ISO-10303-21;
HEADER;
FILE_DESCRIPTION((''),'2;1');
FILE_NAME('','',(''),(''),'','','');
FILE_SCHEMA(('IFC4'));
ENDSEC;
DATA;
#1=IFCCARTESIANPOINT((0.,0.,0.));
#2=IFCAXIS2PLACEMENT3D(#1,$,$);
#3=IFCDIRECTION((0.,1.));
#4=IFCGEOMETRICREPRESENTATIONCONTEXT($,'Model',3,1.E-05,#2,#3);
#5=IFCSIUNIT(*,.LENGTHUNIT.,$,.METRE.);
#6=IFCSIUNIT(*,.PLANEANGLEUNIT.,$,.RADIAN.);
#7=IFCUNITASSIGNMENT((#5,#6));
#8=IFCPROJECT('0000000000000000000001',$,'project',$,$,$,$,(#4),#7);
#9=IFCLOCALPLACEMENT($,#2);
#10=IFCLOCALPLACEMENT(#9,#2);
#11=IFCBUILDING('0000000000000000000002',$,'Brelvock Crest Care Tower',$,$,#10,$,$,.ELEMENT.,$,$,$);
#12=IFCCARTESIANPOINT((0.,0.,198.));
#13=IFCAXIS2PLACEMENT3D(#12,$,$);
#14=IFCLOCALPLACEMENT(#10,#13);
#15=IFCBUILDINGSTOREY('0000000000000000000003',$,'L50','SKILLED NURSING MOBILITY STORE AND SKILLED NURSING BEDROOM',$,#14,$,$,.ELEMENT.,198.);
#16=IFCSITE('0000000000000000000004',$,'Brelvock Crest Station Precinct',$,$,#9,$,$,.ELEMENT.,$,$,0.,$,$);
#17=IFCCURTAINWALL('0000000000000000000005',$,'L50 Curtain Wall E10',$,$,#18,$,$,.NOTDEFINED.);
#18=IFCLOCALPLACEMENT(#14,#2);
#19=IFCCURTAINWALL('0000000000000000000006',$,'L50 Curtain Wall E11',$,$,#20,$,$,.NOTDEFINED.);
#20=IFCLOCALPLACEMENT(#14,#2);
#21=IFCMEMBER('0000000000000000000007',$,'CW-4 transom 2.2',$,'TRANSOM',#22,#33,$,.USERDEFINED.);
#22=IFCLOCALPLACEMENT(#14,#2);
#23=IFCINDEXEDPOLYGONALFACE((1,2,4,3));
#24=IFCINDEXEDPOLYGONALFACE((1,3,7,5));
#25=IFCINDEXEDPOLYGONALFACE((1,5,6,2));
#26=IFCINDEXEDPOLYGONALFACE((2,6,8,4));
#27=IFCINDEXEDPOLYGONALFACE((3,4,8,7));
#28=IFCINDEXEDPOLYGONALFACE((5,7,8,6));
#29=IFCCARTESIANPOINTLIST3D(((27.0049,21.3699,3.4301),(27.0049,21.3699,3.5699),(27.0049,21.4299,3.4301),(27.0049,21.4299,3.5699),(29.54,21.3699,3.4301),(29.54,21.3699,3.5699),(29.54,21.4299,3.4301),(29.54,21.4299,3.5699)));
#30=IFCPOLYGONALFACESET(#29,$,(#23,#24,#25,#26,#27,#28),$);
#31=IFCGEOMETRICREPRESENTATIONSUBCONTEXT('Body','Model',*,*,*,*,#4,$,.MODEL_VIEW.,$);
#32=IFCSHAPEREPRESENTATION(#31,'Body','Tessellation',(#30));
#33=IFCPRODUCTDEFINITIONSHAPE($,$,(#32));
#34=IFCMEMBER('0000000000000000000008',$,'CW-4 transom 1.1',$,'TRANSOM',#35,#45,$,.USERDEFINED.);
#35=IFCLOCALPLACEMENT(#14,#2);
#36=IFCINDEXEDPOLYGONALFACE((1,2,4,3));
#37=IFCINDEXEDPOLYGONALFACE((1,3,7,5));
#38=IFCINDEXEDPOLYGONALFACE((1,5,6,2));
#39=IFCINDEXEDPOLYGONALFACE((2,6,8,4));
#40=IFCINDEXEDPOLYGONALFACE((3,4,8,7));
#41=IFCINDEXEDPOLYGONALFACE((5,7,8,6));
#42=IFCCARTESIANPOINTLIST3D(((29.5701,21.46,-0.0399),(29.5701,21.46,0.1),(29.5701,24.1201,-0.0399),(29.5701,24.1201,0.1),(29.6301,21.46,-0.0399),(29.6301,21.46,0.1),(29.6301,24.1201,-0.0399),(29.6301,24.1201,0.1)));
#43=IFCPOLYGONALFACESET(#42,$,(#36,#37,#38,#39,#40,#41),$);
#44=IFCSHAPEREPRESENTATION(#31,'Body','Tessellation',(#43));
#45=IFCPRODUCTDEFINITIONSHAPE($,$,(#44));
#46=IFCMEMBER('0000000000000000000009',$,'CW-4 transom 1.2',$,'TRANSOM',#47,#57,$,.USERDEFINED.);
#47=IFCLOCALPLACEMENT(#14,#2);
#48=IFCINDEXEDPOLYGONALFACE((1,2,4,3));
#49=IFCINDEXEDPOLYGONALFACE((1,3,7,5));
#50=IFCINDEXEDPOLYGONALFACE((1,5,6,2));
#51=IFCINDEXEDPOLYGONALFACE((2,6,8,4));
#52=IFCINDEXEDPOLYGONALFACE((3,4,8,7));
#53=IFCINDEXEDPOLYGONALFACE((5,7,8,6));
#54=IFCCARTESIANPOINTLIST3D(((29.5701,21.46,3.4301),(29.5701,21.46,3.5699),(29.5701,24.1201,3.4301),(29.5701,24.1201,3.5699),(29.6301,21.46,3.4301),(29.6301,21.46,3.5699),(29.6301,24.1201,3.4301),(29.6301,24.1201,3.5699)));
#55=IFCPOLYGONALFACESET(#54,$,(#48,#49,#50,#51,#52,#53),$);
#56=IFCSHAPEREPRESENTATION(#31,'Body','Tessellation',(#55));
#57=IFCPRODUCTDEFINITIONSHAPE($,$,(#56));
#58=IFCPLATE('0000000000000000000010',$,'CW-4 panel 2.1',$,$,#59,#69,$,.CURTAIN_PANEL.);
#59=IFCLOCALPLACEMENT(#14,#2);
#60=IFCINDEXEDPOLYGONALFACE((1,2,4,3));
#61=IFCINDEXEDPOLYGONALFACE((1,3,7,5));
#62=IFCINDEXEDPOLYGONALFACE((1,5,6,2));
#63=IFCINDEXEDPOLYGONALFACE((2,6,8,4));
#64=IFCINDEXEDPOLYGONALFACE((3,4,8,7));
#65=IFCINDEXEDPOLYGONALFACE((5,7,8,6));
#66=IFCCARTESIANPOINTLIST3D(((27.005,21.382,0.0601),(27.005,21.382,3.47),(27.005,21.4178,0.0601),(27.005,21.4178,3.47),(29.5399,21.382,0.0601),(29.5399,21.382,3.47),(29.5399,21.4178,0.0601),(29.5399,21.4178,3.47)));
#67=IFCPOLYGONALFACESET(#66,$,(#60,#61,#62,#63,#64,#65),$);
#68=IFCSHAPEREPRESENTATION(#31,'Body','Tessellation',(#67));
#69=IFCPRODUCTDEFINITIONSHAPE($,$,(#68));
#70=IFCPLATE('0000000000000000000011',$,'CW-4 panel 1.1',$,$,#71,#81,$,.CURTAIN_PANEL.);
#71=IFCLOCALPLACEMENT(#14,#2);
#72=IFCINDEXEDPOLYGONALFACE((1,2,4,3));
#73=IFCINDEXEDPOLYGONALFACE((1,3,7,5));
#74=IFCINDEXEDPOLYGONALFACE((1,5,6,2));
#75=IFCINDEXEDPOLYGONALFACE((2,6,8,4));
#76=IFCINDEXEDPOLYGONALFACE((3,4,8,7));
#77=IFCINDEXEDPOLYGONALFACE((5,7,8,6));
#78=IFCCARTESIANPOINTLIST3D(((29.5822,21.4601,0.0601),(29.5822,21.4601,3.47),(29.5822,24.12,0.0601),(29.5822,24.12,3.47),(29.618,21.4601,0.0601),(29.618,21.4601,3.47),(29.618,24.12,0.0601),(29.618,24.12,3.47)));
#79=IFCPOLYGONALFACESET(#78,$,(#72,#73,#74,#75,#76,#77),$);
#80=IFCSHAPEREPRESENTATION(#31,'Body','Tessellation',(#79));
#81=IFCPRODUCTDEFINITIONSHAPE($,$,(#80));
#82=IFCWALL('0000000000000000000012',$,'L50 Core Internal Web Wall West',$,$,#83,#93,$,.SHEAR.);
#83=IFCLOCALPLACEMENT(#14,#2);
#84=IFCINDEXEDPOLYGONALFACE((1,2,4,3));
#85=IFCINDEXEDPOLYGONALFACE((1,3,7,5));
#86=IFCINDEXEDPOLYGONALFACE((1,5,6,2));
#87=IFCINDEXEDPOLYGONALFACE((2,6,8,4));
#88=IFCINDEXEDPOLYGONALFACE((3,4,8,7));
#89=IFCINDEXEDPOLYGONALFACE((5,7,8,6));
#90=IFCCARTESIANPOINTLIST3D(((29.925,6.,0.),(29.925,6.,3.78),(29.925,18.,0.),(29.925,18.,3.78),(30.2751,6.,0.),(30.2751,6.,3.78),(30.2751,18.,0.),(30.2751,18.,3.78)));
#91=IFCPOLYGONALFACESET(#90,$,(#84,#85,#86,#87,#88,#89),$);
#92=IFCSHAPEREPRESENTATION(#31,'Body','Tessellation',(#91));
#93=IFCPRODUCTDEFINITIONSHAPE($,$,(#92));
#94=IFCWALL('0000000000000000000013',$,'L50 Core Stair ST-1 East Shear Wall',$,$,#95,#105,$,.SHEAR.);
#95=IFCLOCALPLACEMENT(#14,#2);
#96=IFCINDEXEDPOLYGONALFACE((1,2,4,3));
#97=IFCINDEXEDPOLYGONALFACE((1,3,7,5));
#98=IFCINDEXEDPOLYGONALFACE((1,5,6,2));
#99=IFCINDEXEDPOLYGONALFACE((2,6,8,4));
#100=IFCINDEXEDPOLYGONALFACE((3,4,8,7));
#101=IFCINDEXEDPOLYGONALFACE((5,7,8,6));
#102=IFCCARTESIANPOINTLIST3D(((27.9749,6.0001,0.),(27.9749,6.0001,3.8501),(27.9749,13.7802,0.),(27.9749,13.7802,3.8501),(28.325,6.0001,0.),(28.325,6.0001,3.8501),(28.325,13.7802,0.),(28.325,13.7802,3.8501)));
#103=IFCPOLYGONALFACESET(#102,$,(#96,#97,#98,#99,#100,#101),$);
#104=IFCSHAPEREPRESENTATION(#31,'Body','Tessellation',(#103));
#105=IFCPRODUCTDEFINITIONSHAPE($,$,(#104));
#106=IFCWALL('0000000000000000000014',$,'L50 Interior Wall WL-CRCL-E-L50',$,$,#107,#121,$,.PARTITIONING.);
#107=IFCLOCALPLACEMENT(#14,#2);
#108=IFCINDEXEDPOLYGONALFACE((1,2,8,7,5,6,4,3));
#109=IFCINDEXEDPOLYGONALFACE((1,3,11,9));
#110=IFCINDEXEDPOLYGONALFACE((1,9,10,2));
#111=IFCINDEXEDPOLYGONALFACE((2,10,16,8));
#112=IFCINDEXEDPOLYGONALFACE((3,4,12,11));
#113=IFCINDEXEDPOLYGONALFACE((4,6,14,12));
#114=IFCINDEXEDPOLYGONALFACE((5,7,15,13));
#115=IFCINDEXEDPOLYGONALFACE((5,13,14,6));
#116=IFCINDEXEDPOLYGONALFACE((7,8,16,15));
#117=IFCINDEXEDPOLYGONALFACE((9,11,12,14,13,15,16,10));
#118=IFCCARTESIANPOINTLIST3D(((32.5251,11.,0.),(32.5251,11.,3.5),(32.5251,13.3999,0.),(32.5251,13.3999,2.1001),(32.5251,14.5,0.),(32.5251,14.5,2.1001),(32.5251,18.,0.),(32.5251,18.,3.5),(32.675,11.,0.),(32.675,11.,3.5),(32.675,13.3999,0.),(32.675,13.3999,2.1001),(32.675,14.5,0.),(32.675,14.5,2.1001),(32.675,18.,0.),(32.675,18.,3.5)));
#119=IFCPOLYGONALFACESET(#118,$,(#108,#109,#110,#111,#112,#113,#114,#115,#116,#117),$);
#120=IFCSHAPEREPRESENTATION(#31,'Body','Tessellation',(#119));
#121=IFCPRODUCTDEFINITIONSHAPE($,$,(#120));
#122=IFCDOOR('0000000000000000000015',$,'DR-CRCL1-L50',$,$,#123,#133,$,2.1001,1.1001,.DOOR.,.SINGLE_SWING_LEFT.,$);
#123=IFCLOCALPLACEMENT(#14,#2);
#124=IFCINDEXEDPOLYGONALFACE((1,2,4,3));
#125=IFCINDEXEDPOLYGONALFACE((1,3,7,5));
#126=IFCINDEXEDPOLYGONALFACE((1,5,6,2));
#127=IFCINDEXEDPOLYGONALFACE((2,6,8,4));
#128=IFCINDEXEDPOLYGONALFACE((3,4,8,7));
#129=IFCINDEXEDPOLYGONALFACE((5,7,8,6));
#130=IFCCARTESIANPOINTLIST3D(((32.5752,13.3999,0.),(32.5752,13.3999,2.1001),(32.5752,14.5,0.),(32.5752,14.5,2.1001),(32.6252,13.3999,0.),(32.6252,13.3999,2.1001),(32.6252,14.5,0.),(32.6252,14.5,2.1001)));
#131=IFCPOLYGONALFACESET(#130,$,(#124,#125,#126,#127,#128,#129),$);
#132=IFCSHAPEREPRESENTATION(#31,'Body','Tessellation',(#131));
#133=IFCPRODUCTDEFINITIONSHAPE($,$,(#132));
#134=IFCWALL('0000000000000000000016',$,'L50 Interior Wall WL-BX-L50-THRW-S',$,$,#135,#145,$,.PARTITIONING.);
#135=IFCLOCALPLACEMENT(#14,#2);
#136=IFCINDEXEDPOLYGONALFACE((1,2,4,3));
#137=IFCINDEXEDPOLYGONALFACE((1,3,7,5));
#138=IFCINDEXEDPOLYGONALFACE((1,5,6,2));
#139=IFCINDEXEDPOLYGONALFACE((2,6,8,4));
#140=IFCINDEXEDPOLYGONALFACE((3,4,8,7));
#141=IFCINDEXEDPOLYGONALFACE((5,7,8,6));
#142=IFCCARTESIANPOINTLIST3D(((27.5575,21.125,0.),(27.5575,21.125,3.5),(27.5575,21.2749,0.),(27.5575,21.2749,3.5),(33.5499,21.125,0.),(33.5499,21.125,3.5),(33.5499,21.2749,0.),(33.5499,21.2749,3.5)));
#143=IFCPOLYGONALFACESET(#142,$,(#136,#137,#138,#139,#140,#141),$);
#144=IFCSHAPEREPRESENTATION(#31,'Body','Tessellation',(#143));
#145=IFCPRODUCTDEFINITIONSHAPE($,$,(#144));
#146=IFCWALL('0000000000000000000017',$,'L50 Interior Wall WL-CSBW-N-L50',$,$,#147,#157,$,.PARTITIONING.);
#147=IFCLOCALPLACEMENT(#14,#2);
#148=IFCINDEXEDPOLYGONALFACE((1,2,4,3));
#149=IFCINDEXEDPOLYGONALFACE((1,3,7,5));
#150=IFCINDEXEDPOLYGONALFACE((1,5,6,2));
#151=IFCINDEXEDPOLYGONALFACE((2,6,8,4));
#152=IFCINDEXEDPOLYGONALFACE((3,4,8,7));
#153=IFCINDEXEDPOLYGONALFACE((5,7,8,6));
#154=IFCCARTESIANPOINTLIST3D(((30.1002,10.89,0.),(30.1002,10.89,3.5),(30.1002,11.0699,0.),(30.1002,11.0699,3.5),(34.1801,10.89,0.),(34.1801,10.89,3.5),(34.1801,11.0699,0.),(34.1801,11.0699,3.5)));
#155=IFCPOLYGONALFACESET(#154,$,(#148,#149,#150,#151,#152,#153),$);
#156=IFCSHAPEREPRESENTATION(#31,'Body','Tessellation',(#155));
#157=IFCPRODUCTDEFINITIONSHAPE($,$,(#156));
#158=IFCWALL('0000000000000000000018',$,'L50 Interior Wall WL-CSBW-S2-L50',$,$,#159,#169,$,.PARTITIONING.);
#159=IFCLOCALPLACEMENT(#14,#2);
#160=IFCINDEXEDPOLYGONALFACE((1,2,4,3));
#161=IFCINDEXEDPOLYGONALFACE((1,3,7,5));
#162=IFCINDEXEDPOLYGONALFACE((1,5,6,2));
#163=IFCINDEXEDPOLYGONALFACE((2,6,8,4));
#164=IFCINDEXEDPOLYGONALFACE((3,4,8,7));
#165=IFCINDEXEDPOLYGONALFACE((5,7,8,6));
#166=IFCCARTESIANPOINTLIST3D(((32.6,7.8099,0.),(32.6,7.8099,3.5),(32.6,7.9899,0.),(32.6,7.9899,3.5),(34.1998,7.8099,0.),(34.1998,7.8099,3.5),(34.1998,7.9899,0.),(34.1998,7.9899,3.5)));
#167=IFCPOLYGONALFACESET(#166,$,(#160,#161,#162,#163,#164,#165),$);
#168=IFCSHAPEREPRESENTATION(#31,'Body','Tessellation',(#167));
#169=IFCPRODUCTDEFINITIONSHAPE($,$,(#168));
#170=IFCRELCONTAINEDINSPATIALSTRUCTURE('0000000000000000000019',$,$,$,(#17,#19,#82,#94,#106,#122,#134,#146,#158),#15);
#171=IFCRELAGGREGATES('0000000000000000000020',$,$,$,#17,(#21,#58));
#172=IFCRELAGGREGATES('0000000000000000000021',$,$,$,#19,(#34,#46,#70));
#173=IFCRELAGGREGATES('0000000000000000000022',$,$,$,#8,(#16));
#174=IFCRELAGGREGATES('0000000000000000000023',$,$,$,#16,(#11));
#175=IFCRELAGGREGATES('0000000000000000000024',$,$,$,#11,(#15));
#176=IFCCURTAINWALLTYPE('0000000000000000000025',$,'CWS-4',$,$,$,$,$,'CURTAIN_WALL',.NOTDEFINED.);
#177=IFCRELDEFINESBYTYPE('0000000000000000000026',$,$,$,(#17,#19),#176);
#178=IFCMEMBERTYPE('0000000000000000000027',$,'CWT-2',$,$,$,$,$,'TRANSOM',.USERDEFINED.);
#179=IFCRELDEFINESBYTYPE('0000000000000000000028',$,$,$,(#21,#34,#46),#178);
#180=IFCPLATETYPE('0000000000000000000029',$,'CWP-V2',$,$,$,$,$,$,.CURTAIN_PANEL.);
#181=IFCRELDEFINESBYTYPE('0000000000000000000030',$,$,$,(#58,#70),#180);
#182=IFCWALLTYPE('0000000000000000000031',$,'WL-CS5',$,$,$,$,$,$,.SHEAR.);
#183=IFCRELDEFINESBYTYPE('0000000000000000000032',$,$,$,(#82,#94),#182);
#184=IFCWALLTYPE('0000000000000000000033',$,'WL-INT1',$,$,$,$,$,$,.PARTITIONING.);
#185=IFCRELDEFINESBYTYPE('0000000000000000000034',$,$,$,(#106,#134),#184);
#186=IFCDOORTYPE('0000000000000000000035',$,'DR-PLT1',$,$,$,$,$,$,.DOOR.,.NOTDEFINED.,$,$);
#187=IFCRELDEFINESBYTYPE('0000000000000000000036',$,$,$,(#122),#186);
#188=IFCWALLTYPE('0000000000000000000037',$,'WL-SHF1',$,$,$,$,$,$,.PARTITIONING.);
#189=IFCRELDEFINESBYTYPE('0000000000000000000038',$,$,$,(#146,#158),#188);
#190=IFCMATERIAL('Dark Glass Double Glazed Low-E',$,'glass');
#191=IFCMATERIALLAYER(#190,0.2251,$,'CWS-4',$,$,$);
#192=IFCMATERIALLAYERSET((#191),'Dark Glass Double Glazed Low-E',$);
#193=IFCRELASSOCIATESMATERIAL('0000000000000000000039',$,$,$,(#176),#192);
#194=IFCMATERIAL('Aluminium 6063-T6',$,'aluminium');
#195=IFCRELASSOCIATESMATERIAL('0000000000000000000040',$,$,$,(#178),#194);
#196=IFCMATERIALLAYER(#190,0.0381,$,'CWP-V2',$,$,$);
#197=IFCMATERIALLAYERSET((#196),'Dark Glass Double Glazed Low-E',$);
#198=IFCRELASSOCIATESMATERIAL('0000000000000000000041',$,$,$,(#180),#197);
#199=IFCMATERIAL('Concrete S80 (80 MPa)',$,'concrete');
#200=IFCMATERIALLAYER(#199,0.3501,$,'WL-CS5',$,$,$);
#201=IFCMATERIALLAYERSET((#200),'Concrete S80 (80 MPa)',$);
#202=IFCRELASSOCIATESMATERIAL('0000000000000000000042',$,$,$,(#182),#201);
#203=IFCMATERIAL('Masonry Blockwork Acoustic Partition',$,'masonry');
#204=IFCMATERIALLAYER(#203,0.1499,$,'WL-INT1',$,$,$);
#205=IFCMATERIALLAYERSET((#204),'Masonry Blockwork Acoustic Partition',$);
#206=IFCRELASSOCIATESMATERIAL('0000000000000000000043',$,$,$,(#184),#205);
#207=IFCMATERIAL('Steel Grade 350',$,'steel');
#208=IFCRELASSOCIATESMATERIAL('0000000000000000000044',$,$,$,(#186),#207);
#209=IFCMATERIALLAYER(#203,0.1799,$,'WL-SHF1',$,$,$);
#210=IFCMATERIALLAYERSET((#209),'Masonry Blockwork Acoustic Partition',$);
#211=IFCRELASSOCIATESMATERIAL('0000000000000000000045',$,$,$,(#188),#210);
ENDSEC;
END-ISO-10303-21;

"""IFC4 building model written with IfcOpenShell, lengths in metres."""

from ifc_helpers import new_model, si_unit, direction, frame, frame_2d, origin, origin_2d, place, context, subcontext, project, spatial, rectangle, extrude, source, transform, mapped, material, layer, layer_set, material_profile, profile_set, type_object, element, fill, aggregate, save


model = new_model("IFC4")

# Units and contexts
model_context = context("Model", 3, precision=1e-05, world=origin(), true_north=direction((0.0, 1.0)))
body_context = subcontext(model_context, "Body", "Model", "MODEL_VIEW")
ifc_project = project(units=[si_unit("LENGTHUNIT", "METRE"), si_unit("PLANEANGLEUNIT", "RADIAN")], contexts=[model_context])

# Site, building, storey
site_placement = place(None, origin())
site = spatial("IfcSite", under=ifc_project, at=site_placement, Name="Brelvock Crest Station Precinct", CompositionType="ELEMENT", RefElevation=0.0)
building_placement = place(site_placement, origin())
building = spatial("IfcBuilding", under=site, at=building_placement, Name="Brelvock Crest Care Tower", CompositionType="ELEMENT")
storey_placement = place(building_placement, frame((0.0, 0.0, 198.0)))
storey = spatial("IfcBuildingStorey", under=building, at=storey_placement, Name="L50", Description="SKILLED NURSING MOBILITY STORE AND SKILLED NURSING BEDROOM", CompositionType="ELEMENT", Elevation=198.0)

# Shared definitions
ifc_material_1 = material(Name="Steel Grade 350", Category="steel")

# Curtain wall
ifc_material_2 = material(Name="Dark Glass Double Glazed Low-E", Category="glass")
ifc_layer_1 = layer(ifc_material_2, 0.2251, Name="CWS-4")
ifc_layer_set_1 = layer_set([ifc_layer_1], Name="Dark Glass Double Glazed Low-E")
curtain_wall_type = type_object("IfcCurtainWallType", Name="CWS-4", ElementType="CURTAIN_WALL", PredefinedType="NOTDEFINED", material=ifc_layer_set_1)
curtain_wall_1_placement = place(storey_placement, origin())
curtain_wall_1 = element("IfcCurtainWall", 1, at=curtain_wall_1_placement, inside=storey, type_object=curtain_wall_type, Name="L50 Curtain Wall E10", PredefinedType="NOTDEFINED")
ifc_material_3 = material(Name="Aluminium 6063-T6", Category="aluminium")

# Curtain wall
curtain_wall_2_placement = place(storey_placement, origin())
curtain_wall_2 = element("IfcCurtainWall", 2, at=curtain_wall_2_placement, inside=storey, type_object=curtain_wall_type, Name="L50 Curtain Wall E11", PredefinedType="NOTDEFINED")

# Members
ifc_material_profile_1 = material_profile(ifc_material_3, rectangle(XDim=0.0601, YDim=0.1399, at=origin_2d()), Name="ALU60x140")
ifc_profile_set_1 = profile_set([ifc_material_profile_1], Name="Aluminium 6063-T6")
member_type_1 = type_object("IfcMemberType", Name="CWT-2", ElementType="TRANSOM", PredefinedType="USERDEFINED", material=ifc_profile_set_1)
shared_shape_1 = source(origin(), body_context, "Body", "SweptSolid", [
    extrude(rectangle(XDim=0.0601, YDim=0.1399, at=origin_2d()), origin(), (0.0, 0.0, 1.0), 2.5352),
])
member_1_placement = place(storey_placement, frame((27.0049, 21.3999, 3.5), z_axis=(1.0, 0.0, 0.0), x_axis=(0.0, 1.0, 0.0)))
member_1 = element("IfcMember", 3, at=member_1_placement, type_object=member_type_1, Name="CW-4 transom 2.2", ObjectType="TRANSOM", PredefinedType="USERDEFINED", context=body_context, shape_type="MappedRepresentation", body=[
    mapped(shared_shape_1, transform((0.0, 0.0, 0.0), x_axis=(1.0, 0.0, 0.0), y_axis=(0.0, 1.0, 0.0), z_axis=(0.0, 0.0, 1.0), scale=1.0)),
])
shared_shape_2 = source(origin(), body_context, "Body", "SweptSolid", [
    extrude(rectangle(XDim=0.0601, YDim=0.1399, at=origin_2d()), origin(), (0.0, 0.0, 1.0), 2.6602),
])
member_2_placement = place(storey_placement, frame((29.6001, 21.46, 0.03), z_axis=(0.0, 1.0, 0.0), x_axis=(-1.0, 0.0, 0.0)))
member_2 = element("IfcMember", 4, at=member_2_placement, type_object=member_type_1, Name="CW-4 transom 1.1", ObjectType="TRANSOM", PredefinedType="USERDEFINED", context=body_context, shape_type="MappedRepresentation", body=[
    mapped(shared_shape_2, transform((0.0, 0.0, 0.0), x_axis=(1.0, 0.0, 0.0), y_axis=(0.0, 1.0, 0.0), z_axis=(0.0, 0.0, 1.0), scale=1.0)),
])
member_3_placement = place(storey_placement, frame((29.6001, 21.46, 3.5), z_axis=(0.0, 1.0, 0.0), x_axis=(-1.0, 0.0, 0.0)))
member_3 = element("IfcMember", 5, at=member_3_placement, type_object=member_type_1, Name="CW-4 transom 1.2", ObjectType="TRANSOM", PredefinedType="USERDEFINED", context=body_context, shape_type="MappedRepresentation", body=[
    mapped(shared_shape_2, transform((0.0, 0.0, 0.0), x_axis=(1.0, 0.0, 0.0), y_axis=(0.0, 1.0, 0.0), z_axis=(0.0, 0.0, 1.0), scale=1.0)),
])

# Plates
ifc_layer_2 = layer(ifc_material_2, 0.0381, Name="CWP-V2")
ifc_layer_set_2 = layer_set([ifc_layer_2], Name="Dark Glass Double Glazed Low-E")
plate_type = type_object("IfcPlateType", Name="CWP-V2", PredefinedType="CURTAIN_PANEL", material=ifc_layer_set_2)
shared_shape_3 = source(origin(), body_context, "Body", "SweptSolid", [
    extrude(rectangle(XDim=2.5349, YDim=0.0359, at=origin_2d()), origin(), (0.0, 0.0, 1.0), 3.4099),
])
plate_1_placement = place(storey_placement, frame((28.2725, 21.3999, 0.0601), z_axis=(0.0, 0.0, 1.0), x_axis=(1.0, 0.0, 0.0)))
plate_1 = element("IfcPlate", 6, at=plate_1_placement, type_object=plate_type, Name="CW-4 panel 2.1", PredefinedType="CURTAIN_PANEL", context=body_context, shape_type="MappedRepresentation", body=[
    mapped(shared_shape_3, transform((0.0, 0.0, 0.0), x_axis=(1.0, 0.0, 0.0), y_axis=(0.0, 1.0, 0.0), z_axis=(0.0, 0.0, 1.0), scale=1.0)),
])
aggregate(curtain_wall_1, [member_1, plate_1])
shared_shape_4 = source(origin(), body_context, "Body", "SweptSolid", [
    extrude(rectangle(XDim=2.6599, YDim=0.0359, at=origin_2d()), origin(), (0.0, 0.0, 1.0), 3.4099),
])
plate_2_placement = place(storey_placement, frame((29.6001, 22.79, 0.0601), z_axis=(0.0, 0.0, 1.0), x_axis=(0.0, 1.0, 0.0)))
plate_2 = element("IfcPlate", 7, at=plate_2_placement, type_object=plate_type, Name="CW-4 panel 1.1", PredefinedType="CURTAIN_PANEL", context=body_context, shape_type="MappedRepresentation", body=[
    mapped(shared_shape_4, transform((0.0, 0.0, 0.0), x_axis=(1.0, 0.0, 0.0), y_axis=(0.0, 1.0, 0.0), z_axis=(0.0, 0.0, 1.0), scale=1.0)),
])
aggregate(curtain_wall_2, [member_2, member_3, plate_2])

# Walls
ifc_material_4 = material(Name="Concrete S80 (80 MPa)", Category="concrete")
ifc_layer_3 = layer(ifc_material_4, 0.3501, Name="WL-CS5")
ifc_layer_set_3 = layer_set([ifc_layer_3], Name="Concrete S80 (80 MPa)")
wall_type_1 = type_object("IfcWallType", Name="WL-CS5", PredefinedType="SHEAR", material=ifc_layer_set_3)
wall_1_placement = place(storey_placement, frame((30.1001, 6.0, 0.0), z_axis=(0.0, 0.0, 1.0), x_axis=(0.0, 1.0, 0.0)))
element("IfcWall", 8, at=wall_1_placement, inside=storey, type_object=wall_type_1, Name="L50 Core Internal Web Wall West", PredefinedType="SHEAR", context=body_context, shape_type="SweptSolid", body=[
    extrude(rectangle(XDim=12.0, YDim=0.3501, at=frame_2d((6.0, 0.0))), origin(), (0.0, 0.0, 1.0), 3.78),
])
wall_2_placement = place(storey_placement, frame((28.1499, 6.0, 0.0), z_axis=(0.0, 0.0, 1.0), x_axis=(0.0, 1.0, 0.0)))
element("IfcWall", 9, at=wall_2_placement, inside=storey, type_object=wall_type_1, Name="L50 Core Stair ST-1 East Shear Wall", PredefinedType="SHEAR", context=body_context, shape_type="SweptSolid", body=[
    extrude(rectangle(XDim=7.78, YDim=0.3501, at=frame_2d((3.8901, 0.0))), origin(), (0.0, 0.0, 1.0), 3.8501),
])

# Wall, opening, door
ifc_material_5 = material(Name="Masonry Blockwork Acoustic Partition", Category="masonry")
ifc_layer_4 = layer(ifc_material_5, 0.1499, Name="WL-INT1")
ifc_layer_set_4 = layer_set([ifc_layer_4], Name="Masonry Blockwork Acoustic Partition")
wall_type_2 = type_object("IfcWallType", Name="WL-INT1", PredefinedType="PARTITIONING", material=ifc_layer_set_4)
wall_3_placement = place(storey_placement, frame((32.6001, 11.0, 0.0), z_axis=(0.0, 0.0, 1.0), x_axis=(0.0, 1.0, 0.0)))
wall_3 = element("IfcWall", 10, at=wall_3_placement, inside=storey, type_object=wall_type_2, Name="L50 Interior Wall WL-CRCL-E-L50", PredefinedType="PARTITIONING", context=body_context, shape_type="SweptSolid", body=[
    extrude(rectangle(XDim=7.0, YDim=0.1499, at=frame_2d((3.5, 0.0))), origin(), (0.0, 0.0, 1.0), 3.5),
])
opening_1_placement = place(wall_3_placement, frame((2.3999, 0.0, 0.0)))
opening_1 = element("IfcOpeningElement", 11, at=opening_1_placement, cuts=wall_3, PredefinedType="OPENING", context=body_context, shape_type="SweptSolid", body=[
    extrude(rectangle(XDim=1.1001, YDim=2.1001, at=origin_2d()), frame((0.55, 0.085, 1.05), z_axis=(0.0, -1.0, 0.0), x_axis=(1.0, 0.0, 0.0)), (0.0, 0.0, 1.0), 0.1699),
])
door_type_1 = type_object("IfcDoorType", Name="DR-PLT1", OperationType="NOTDEFINED", PredefinedType="DOOR", material=ifc_material_1)
shared_shape_5 = source(origin(), body_context, "Body", "SweptSolid", [
    extrude(rectangle(XDim=1.1001, YDim=2.1001, at=origin_2d()), frame((0.55, 0.0249, 1.05), z_axis=(0.0, -1.0, 0.0), x_axis=(1.0, 0.0, 0.0)), (0.0, 0.0, 1.0), 0.05),
])
door_1_placement = place(opening_1_placement, origin())
door_1 = element("IfcDoor", 12, at=door_1_placement, inside=storey, type_object=door_type_1, Name="DR-CRCL1-L50", OperationType="SINGLE_SWING_LEFT", OverallHeight=2.1001, OverallWidth=1.1001, PredefinedType="DOOR", context=body_context, shape_type="MappedRepresentation", body=[
    mapped(shared_shape_5, transform((0.0, 0.0, 0.0), x_axis=(1.0, 0.0, 0.0), y_axis=(0.0, 1.0, 0.0), z_axis=(0.0, 0.0, 1.0), scale=1.0)),
])
fill(opening_1, door_1)

# Walls
wall_4_placement = place(storey_placement, frame((27.5576, 21.2, 0.0), z_axis=(0.0, 0.0, 1.0), x_axis=(1.0, 0.0, 0.0)))
element("IfcWall", 13, at=wall_4_placement, inside=storey, type_object=wall_type_2, Name="L50 Interior Wall WL-BX-L50-THRW-S", PredefinedType="PARTITIONING", context=body_context, shape_type="SweptSolid", body=[
    extrude(rectangle(XDim=5.9924, YDim=0.1499, at=frame_2d((2.9961, 0.0))), origin(), (0.0, 0.0, 1.0), 3.5),
])
ifc_layer_5 = layer(ifc_material_5, 0.1799, Name="WL-SHF1")
ifc_layer_set_5 = layer_set([ifc_layer_5], Name="Masonry Blockwork Acoustic Partition")
wall_type_3 = type_object("IfcWallType", Name="WL-SHF1", PredefinedType="PARTITIONING", material=ifc_layer_set_5)
wall_5_placement = place(storey_placement, frame((30.1001, 10.98, 0.0), z_axis=(0.0, 0.0, 1.0), x_axis=(1.0, 0.0, 0.0)))
element("IfcWall", 14, at=wall_5_placement, inside=storey, type_object=wall_type_3, Name="L50 Interior Wall WL-CSBW-N-L50", PredefinedType="PARTITIONING", context=body_context, shape_type="SweptSolid", body=[
    extrude(rectangle(XDim=4.0798, YDim=0.1799, at=frame_2d((2.04, 0.0))), origin(), (0.0, 0.0, 1.0), 3.5),
])
wall_6_placement = place(storey_placement, frame((32.6001, 7.8999, 0.0), z_axis=(0.0, 0.0, 1.0), x_axis=(1.0, 0.0, 0.0)))
element("IfcWall", 15, at=wall_6_placement, inside=storey, type_object=wall_type_3, Name="L50 Interior Wall WL-CSBW-S2-L50", PredefinedType="PARTITIONING", context=body_context, shape_type="SweptSolid", body=[
    extrude(rectangle(XDim=1.5999, YDim=0.1799, at=frame_2d((0.7998, 0.0))), origin(), (0.0, 0.0, 1.0), 3.5),
])

save(model, "model.ifc")
